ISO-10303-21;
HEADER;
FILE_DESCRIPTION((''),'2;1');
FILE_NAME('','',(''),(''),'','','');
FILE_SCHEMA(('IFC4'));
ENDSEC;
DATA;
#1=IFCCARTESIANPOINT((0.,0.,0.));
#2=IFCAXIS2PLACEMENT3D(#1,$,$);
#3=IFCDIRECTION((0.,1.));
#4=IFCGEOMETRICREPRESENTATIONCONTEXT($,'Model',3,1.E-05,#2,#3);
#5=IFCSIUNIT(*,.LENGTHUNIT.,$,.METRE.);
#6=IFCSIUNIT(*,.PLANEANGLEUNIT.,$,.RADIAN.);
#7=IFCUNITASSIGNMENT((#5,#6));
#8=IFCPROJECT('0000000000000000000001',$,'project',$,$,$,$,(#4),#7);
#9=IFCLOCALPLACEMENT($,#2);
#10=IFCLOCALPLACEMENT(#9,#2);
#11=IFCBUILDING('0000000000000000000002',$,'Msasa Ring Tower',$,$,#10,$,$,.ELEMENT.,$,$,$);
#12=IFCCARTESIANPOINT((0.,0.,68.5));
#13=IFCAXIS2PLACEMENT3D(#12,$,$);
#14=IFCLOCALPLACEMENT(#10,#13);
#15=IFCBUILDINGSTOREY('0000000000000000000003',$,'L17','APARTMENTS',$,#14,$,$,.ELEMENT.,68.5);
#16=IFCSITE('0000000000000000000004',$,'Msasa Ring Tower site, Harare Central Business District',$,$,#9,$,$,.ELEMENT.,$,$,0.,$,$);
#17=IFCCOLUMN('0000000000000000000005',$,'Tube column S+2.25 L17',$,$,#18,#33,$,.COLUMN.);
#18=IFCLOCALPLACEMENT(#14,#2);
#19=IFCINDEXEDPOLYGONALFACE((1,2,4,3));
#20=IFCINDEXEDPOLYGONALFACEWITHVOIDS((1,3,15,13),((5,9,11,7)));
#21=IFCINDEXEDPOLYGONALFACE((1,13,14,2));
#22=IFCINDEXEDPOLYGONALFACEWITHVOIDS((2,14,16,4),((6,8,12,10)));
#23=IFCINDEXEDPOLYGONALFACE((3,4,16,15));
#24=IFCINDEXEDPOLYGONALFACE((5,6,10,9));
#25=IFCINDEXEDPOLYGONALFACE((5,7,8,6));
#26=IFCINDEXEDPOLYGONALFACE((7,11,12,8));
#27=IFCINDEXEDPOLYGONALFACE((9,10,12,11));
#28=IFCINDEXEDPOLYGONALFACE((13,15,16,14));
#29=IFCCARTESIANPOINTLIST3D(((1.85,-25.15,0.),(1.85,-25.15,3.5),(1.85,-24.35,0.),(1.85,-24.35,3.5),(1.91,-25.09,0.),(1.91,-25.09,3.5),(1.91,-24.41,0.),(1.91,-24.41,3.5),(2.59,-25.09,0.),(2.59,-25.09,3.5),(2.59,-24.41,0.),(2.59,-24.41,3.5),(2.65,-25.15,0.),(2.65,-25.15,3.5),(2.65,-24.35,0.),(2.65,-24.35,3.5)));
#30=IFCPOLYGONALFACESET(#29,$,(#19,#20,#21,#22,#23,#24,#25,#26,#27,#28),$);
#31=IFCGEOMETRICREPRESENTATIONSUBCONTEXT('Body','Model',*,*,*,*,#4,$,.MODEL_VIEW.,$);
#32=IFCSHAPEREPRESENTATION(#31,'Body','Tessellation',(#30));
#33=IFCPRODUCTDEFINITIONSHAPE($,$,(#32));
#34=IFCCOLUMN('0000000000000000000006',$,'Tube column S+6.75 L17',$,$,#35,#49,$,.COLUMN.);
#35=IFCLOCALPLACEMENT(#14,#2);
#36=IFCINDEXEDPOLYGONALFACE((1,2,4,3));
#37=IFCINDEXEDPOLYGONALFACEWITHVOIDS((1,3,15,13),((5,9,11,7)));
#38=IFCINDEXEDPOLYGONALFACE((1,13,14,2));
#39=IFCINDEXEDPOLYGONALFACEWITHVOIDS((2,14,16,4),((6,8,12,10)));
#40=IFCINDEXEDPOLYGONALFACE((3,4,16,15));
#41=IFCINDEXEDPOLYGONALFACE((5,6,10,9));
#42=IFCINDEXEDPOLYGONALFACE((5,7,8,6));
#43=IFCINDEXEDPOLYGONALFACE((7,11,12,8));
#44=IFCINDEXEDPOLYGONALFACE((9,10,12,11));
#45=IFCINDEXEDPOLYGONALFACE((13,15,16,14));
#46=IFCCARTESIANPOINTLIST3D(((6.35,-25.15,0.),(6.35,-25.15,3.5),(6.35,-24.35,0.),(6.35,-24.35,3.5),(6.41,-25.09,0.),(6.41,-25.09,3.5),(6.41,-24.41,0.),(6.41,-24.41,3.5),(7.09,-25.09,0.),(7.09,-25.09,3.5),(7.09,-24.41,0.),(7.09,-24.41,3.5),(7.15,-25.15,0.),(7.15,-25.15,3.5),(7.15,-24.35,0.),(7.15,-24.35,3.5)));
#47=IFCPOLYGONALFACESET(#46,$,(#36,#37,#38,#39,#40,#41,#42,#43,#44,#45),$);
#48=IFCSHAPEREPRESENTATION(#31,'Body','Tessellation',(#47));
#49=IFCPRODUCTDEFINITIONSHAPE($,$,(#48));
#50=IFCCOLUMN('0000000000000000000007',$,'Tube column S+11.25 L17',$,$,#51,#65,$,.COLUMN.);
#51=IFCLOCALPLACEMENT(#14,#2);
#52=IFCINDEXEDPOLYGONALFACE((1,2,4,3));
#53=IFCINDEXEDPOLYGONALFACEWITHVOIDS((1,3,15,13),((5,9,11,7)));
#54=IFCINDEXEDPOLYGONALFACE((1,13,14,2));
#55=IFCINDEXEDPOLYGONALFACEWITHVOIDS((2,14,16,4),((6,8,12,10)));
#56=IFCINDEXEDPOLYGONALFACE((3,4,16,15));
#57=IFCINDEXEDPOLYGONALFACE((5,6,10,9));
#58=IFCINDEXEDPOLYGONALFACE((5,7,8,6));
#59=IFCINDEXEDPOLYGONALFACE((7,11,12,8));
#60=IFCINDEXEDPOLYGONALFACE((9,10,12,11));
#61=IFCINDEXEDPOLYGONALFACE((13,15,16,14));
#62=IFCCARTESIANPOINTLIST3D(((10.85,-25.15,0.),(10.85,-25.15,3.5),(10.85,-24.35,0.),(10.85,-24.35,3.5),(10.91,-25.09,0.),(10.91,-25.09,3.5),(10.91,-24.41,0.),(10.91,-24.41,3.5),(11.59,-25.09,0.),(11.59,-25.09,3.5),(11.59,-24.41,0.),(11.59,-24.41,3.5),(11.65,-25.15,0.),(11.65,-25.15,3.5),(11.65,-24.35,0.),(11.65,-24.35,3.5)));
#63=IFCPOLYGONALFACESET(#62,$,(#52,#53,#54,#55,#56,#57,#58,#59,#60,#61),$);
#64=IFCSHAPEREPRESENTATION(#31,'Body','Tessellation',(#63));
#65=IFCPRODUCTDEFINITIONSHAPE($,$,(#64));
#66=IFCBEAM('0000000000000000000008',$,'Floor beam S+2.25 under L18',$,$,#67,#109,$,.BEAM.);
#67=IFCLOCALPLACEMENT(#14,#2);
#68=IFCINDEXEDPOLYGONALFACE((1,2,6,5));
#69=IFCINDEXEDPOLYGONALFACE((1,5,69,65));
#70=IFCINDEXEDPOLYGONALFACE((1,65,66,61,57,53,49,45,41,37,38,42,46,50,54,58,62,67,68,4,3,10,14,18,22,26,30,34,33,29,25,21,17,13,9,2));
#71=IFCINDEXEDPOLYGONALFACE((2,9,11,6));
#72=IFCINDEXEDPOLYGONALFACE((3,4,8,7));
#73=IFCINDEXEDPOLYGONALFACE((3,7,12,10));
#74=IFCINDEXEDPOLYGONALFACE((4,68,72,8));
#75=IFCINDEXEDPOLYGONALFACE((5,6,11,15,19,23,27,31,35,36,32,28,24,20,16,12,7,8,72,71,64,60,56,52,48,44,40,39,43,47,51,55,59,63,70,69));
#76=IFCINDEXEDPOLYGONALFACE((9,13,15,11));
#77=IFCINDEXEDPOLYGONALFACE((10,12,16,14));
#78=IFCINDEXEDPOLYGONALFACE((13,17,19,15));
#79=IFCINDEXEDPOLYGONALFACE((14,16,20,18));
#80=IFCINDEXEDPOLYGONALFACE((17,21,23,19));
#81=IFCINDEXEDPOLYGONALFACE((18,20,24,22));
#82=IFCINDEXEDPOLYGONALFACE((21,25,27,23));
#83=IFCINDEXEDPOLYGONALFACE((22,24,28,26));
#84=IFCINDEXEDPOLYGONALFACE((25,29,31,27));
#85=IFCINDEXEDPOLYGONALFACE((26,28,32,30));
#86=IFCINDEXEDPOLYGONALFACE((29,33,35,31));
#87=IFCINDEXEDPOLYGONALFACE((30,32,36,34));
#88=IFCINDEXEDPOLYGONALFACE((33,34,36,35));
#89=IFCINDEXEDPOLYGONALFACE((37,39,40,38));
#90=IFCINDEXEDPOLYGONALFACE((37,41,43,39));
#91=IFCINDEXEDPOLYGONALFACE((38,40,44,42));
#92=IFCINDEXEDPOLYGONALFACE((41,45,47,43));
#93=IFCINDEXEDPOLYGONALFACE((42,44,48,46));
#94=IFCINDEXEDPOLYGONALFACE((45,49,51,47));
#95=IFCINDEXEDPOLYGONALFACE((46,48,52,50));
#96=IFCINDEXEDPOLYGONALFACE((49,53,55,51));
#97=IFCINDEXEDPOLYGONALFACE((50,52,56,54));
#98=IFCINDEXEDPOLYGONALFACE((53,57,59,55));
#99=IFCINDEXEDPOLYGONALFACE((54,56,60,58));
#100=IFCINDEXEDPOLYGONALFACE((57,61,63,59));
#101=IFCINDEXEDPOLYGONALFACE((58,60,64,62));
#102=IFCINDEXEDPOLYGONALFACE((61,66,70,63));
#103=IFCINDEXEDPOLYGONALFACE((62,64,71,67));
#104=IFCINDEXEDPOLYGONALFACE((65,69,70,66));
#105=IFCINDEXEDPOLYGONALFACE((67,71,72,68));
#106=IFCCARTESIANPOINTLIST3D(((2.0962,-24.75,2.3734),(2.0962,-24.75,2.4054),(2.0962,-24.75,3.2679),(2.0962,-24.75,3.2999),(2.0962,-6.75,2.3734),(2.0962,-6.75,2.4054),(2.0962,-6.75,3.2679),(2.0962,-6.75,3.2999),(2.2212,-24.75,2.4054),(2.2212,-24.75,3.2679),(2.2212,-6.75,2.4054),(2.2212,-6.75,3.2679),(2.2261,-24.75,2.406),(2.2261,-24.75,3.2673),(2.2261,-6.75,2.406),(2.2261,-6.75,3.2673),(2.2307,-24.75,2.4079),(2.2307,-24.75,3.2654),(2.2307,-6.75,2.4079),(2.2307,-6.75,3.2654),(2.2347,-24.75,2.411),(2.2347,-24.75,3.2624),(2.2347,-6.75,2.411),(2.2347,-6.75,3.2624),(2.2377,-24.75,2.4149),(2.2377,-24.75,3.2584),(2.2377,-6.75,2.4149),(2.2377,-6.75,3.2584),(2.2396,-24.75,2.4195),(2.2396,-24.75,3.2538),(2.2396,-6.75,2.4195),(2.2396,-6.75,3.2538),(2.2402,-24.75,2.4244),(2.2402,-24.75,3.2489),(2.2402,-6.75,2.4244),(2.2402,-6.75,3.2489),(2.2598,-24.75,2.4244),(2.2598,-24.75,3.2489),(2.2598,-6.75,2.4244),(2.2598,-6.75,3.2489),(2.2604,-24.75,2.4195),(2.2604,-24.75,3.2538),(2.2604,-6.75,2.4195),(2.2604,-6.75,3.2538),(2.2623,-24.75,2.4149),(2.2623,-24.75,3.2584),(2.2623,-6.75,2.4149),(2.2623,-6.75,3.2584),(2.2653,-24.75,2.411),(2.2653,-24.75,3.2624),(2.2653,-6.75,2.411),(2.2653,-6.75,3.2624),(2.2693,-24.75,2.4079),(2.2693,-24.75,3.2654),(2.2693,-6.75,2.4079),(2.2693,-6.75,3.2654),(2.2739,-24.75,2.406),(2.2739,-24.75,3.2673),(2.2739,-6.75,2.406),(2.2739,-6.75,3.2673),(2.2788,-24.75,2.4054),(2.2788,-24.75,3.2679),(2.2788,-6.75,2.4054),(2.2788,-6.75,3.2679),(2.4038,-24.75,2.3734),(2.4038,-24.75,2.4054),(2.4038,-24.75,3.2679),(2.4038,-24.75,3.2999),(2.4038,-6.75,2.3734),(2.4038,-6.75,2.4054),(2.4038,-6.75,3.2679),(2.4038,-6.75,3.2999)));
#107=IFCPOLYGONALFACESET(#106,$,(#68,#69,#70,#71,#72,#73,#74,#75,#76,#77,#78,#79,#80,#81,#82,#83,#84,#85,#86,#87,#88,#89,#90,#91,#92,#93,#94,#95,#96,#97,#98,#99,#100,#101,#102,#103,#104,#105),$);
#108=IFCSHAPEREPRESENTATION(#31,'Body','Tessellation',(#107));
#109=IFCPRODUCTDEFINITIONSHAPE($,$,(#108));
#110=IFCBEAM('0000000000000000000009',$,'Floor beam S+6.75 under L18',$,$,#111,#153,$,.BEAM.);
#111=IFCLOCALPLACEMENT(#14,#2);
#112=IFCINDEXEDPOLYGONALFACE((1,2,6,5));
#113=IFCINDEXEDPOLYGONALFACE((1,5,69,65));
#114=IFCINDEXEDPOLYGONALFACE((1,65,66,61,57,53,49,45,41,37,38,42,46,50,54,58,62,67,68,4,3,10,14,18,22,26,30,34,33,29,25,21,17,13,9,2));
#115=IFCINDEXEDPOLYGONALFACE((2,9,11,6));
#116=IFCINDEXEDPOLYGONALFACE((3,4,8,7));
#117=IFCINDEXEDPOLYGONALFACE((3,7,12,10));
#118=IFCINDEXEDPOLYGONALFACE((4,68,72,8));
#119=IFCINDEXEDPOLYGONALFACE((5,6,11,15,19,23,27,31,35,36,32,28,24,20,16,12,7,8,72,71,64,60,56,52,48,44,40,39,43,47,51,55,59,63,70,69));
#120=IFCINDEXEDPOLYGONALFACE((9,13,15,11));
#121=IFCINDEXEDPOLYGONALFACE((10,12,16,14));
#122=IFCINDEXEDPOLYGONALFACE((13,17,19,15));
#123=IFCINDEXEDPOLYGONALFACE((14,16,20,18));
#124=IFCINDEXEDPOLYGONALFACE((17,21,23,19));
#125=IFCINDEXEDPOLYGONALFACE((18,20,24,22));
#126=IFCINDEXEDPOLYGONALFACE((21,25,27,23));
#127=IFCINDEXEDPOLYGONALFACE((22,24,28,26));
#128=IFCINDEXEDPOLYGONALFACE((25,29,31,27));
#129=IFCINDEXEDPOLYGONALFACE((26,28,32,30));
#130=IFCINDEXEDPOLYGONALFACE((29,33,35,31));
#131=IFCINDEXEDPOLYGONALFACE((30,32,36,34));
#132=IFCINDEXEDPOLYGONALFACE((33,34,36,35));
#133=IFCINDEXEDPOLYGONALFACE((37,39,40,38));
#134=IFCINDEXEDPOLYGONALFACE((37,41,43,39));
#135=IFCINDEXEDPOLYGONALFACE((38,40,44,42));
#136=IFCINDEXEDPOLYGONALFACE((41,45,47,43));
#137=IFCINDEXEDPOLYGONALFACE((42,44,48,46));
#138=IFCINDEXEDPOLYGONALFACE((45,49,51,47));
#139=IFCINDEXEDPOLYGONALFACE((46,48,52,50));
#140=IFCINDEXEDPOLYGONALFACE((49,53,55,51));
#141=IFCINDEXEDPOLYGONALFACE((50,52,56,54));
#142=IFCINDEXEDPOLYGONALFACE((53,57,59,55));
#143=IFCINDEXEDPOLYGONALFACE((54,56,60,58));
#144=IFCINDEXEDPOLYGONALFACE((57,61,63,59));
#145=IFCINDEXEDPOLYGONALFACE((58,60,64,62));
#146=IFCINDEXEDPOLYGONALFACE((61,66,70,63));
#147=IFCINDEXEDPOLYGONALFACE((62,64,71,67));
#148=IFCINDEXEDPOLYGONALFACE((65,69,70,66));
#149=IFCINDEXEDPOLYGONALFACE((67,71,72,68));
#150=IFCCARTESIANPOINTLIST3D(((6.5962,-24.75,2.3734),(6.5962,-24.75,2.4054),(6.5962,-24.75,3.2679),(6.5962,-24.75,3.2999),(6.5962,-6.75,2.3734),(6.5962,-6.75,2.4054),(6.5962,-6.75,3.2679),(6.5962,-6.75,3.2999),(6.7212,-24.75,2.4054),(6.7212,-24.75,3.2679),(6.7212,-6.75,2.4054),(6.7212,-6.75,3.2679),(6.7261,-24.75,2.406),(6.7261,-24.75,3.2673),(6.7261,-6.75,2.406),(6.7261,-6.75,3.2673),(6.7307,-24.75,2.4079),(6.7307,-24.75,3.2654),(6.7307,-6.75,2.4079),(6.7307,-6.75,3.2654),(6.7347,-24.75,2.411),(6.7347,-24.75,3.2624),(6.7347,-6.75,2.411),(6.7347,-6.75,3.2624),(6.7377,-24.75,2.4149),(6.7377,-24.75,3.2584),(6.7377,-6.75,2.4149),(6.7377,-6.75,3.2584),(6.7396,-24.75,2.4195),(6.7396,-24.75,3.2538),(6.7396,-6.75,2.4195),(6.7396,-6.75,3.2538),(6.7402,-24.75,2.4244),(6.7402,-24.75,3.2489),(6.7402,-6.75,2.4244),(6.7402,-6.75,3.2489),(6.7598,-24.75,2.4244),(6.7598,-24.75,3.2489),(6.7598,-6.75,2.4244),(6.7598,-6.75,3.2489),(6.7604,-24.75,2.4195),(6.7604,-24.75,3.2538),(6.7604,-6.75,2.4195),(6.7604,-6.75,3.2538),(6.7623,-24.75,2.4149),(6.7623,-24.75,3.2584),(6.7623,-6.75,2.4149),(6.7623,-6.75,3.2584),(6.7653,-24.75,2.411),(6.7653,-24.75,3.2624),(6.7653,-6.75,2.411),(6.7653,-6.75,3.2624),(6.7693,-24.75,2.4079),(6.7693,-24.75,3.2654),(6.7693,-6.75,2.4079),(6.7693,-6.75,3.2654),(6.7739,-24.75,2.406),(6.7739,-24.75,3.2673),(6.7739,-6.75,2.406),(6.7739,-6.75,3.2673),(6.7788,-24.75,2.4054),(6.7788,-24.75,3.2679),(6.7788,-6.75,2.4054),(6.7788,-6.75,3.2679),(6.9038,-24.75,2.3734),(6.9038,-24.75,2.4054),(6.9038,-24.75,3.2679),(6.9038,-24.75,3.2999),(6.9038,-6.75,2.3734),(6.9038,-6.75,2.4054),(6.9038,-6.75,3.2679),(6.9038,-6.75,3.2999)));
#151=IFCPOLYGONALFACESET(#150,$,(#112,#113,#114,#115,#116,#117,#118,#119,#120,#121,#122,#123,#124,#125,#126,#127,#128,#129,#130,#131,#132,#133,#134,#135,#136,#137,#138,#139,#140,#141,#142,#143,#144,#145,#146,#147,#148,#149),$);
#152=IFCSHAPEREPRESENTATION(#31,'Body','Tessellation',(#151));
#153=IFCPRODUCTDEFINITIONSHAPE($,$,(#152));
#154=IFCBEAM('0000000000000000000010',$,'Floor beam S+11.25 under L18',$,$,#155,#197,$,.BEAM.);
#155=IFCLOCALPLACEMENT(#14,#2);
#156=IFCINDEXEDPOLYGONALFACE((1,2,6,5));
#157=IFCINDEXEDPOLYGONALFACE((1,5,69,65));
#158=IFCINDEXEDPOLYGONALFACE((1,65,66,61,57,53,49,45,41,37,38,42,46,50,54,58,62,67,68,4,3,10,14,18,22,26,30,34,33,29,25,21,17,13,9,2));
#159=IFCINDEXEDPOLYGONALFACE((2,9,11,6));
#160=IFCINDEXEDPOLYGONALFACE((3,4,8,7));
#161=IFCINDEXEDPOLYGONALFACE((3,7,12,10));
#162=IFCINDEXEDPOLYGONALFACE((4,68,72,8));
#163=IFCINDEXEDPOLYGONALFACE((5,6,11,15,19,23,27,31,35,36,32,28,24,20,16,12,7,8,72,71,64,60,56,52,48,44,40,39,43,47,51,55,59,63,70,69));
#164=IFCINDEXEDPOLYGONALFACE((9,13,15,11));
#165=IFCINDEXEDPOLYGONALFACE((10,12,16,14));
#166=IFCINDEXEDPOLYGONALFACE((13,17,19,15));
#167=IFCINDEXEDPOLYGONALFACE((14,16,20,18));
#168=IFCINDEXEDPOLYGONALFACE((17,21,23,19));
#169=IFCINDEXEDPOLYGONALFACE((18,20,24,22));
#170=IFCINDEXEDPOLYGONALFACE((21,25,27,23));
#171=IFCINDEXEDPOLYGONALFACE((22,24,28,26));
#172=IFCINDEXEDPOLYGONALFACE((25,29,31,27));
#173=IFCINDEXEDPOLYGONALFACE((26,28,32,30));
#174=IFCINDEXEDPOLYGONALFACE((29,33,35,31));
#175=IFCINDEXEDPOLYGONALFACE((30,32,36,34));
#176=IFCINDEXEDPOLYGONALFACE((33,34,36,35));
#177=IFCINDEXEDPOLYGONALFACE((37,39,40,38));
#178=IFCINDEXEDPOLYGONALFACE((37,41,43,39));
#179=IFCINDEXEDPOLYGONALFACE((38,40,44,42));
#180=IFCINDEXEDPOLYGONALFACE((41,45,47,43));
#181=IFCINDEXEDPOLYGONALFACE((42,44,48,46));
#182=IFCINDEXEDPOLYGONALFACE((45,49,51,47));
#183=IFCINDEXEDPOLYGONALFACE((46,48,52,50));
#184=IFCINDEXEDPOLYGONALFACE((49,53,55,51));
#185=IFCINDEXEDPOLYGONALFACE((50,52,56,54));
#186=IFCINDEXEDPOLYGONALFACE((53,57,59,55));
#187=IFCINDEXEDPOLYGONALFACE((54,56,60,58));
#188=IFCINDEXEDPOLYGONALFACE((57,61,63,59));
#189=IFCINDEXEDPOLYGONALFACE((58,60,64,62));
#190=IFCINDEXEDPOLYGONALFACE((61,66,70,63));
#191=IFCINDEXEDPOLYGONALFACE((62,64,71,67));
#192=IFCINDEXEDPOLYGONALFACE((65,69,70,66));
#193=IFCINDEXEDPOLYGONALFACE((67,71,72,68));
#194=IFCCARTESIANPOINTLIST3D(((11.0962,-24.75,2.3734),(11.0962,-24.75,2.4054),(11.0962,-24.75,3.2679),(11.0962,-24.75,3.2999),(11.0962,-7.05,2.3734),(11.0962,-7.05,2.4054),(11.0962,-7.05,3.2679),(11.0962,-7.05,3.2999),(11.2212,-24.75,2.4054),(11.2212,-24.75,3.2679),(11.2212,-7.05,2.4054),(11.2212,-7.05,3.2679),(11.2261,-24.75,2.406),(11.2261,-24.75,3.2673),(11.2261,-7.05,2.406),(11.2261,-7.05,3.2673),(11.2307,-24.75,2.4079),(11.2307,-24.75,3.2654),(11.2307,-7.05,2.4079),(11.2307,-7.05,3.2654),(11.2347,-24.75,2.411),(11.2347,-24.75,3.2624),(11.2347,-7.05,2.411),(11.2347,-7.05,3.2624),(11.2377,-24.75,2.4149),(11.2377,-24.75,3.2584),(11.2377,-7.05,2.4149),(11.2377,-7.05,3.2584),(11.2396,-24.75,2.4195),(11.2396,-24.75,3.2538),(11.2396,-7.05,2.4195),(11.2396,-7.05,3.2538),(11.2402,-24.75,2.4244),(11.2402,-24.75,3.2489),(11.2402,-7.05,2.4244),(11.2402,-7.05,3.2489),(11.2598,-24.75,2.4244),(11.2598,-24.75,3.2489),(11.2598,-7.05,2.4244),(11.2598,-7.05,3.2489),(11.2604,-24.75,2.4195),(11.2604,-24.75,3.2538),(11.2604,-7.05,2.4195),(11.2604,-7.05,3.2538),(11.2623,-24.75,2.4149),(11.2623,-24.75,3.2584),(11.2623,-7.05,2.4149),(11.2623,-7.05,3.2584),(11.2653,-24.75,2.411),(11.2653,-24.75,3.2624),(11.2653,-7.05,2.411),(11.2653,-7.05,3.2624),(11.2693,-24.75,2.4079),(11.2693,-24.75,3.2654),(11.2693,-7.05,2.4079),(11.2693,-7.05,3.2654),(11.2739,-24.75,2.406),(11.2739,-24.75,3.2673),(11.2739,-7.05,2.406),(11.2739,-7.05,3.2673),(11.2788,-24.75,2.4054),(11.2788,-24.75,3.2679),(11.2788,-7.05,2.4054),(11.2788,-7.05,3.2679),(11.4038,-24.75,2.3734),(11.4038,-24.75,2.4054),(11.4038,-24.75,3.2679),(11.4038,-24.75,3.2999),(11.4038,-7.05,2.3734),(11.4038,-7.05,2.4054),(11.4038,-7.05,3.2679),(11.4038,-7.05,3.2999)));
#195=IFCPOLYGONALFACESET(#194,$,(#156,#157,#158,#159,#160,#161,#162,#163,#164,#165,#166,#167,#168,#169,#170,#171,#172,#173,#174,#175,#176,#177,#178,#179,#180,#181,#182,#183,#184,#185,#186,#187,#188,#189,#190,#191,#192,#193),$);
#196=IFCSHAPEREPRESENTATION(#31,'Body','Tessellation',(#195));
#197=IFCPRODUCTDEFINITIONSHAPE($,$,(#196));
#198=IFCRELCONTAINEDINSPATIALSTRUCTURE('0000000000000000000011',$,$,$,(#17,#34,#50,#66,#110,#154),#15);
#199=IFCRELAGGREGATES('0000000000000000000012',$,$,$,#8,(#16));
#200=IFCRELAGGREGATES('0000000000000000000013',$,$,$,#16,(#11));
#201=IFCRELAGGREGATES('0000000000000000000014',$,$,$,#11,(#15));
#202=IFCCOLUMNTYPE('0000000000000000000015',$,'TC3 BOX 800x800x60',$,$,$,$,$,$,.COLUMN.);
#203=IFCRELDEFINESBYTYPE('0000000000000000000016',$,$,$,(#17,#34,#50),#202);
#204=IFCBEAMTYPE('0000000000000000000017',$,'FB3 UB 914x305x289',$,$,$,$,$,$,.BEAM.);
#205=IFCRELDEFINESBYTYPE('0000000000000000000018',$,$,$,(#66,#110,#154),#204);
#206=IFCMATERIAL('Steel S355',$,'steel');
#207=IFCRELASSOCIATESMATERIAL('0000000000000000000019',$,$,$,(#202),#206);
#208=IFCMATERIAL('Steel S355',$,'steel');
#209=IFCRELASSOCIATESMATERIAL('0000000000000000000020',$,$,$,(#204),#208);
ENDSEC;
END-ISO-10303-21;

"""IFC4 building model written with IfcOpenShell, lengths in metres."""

from ifc_helpers import new_model, si_unit, direction, frame, origin, origin_2d, place, context, subcontext, project, spatial, hollow_rectangle, i_section, extrude, material, material_profile, profile_set, type_object, element, save


model = new_model("IFC4")

# Units and contexts
model_context = context("Model", 3, precision=1e-05, world=origin(), true_north=direction((0.0, 1.0)))
body_context = subcontext(model_context, "Body", "Model", "MODEL_VIEW")
ifc_project = project(units=[si_unit("LENGTHUNIT", "METRE"), si_unit("PLANEANGLEUNIT", "RADIAN")], contexts=[model_context])

# Site, building, storey
site_placement = place(None, origin())
site = spatial("IfcSite", under=ifc_project, at=site_placement, Name="Msasa Ring Tower site, Harare Central Business District", CompositionType="ELEMENT", RefElevation=0.0)
building_placement = place(site_placement, origin())
building = spatial("IfcBuilding", under=site, at=building_placement, Name="Msasa Ring Tower", CompositionType="ELEMENT")
storey_placement = place(building_placement, frame((0.0, 0.0, 68.5)))
storey = spatial("IfcBuildingStorey", under=building, at=storey_placement, Name="L17", Description="APARTMENTS", CompositionType="ELEMENT", Elevation=68.5)

# Columns
ifc_material_1 = material(Name="Steel S355", Category="steel")
ifc_material_profile_1 = material_profile(ifc_material_1, hollow_rectangle(XDim=0.8, YDim=0.8, WallThickness=0.0601, at=origin_2d()), Name="BOX 800x800x60")
ifc_profile_set_1 = profile_set([ifc_material_profile_1], Name="Steel S355")
column_type = type_object("IfcColumnType", Name="TC3 BOX 800x800x60", PredefinedType="COLUMN", material=ifc_profile_set_1)
for number, where, z_axis, x_axis, name in (
    (1, (2.25, -24.75, 0.0), (0.0, 0.0, 1.0), (0.0, 1.0, 0.0), "Tube column S+2.25 L17"),
    (2, (6.75, -24.75, 0.0), (0.0, 0.0, 1.0), (0.0, 1.0, 0.0), "Tube column S+6.75 L17"),
    (3, (11.25, -24.75, 0.0), (0.0, 0.0, 1.0), (0.0, 1.0, 0.0), "Tube column S+11.25 L17"),
):
    element("IfcColumn", number, at=place(storey_placement, frame(where, z_axis=z_axis, x_axis=x_axis)), inside=storey, type_object=column_type, Name=name, PredefinedType="COLUMN", context=body_context, shape_type="SweptSolid", body=[
        extrude(hollow_rectangle(XDim=0.8, YDim=0.8, WallThickness=0.0601, at=origin_2d()), origin(), (0.0, 0.0, 1.0), 3.5),
    ])

# Beams
ifc_material_2 = material(Name="Steel S355", Category="steel")
ifc_material_profile_2 = material_profile(ifc_material_2, i_section(OverallWidth=0.3076, OverallDepth=0.9265, WebThickness=0.0195, FlangeThickness=0.032, FilletRadius=0.019, at=origin_2d()), Name="UB 914x305x289")
ifc_profile_set_2 = profile_set([ifc_material_profile_2], Name="Steel S355")
beam_type_1 = type_object("IfcBeamType", Name="FB3 UB 914x305x289", PredefinedType="BEAM", material=ifc_profile_set_2)
for number, where, z_axis, x_axis, name in (
    (4, (2.25, -24.75, 2.8367), (0.0, 1.0, 0.0), (-1.0, 0.0, 0.0), "Floor beam S+2.25 under L18"),
    (5, (6.75, -24.75, 2.8367), (0.0, 1.0, 0.0), (-1.0, 0.0, 0.0), "Floor beam S+6.75 under L18"),
):
    element("IfcBeam", number, at=place(storey_placement, frame(where, z_axis=z_axis, x_axis=x_axis)), inside=storey, type_object=beam_type_1, Name=name, PredefinedType="BEAM", context=body_context, shape_type="SweptSolid", body=[
        extrude(i_section(OverallWidth=0.3076, OverallDepth=0.9265, WebThickness=0.0195, FlangeThickness=0.032, FilletRadius=0.019, at=origin_2d()), origin(), (0.0, 0.0, 1.0), 18.0),
    ])
beam_placement = place(storey_placement, frame((11.25, -24.75, 2.8367), z_axis=(0.0, 1.0, 0.0), x_axis=(-1.0, 0.0, 0.0)))
element("IfcBeam", 6, at=beam_placement, inside=storey, type_object=beam_type_1, Name="Floor beam S+11.25 under L18", PredefinedType="BEAM", context=body_context, shape_type="SweptSolid", body=[
    extrude(i_section(OverallWidth=0.3076, OverallDepth=0.9265, WebThickness=0.0195, FlangeThickness=0.032, FilletRadius=0.019, at=origin_2d()), origin(), (0.0, 0.0, 1.0), 17.7),
])

save(model, "model.ifc")
